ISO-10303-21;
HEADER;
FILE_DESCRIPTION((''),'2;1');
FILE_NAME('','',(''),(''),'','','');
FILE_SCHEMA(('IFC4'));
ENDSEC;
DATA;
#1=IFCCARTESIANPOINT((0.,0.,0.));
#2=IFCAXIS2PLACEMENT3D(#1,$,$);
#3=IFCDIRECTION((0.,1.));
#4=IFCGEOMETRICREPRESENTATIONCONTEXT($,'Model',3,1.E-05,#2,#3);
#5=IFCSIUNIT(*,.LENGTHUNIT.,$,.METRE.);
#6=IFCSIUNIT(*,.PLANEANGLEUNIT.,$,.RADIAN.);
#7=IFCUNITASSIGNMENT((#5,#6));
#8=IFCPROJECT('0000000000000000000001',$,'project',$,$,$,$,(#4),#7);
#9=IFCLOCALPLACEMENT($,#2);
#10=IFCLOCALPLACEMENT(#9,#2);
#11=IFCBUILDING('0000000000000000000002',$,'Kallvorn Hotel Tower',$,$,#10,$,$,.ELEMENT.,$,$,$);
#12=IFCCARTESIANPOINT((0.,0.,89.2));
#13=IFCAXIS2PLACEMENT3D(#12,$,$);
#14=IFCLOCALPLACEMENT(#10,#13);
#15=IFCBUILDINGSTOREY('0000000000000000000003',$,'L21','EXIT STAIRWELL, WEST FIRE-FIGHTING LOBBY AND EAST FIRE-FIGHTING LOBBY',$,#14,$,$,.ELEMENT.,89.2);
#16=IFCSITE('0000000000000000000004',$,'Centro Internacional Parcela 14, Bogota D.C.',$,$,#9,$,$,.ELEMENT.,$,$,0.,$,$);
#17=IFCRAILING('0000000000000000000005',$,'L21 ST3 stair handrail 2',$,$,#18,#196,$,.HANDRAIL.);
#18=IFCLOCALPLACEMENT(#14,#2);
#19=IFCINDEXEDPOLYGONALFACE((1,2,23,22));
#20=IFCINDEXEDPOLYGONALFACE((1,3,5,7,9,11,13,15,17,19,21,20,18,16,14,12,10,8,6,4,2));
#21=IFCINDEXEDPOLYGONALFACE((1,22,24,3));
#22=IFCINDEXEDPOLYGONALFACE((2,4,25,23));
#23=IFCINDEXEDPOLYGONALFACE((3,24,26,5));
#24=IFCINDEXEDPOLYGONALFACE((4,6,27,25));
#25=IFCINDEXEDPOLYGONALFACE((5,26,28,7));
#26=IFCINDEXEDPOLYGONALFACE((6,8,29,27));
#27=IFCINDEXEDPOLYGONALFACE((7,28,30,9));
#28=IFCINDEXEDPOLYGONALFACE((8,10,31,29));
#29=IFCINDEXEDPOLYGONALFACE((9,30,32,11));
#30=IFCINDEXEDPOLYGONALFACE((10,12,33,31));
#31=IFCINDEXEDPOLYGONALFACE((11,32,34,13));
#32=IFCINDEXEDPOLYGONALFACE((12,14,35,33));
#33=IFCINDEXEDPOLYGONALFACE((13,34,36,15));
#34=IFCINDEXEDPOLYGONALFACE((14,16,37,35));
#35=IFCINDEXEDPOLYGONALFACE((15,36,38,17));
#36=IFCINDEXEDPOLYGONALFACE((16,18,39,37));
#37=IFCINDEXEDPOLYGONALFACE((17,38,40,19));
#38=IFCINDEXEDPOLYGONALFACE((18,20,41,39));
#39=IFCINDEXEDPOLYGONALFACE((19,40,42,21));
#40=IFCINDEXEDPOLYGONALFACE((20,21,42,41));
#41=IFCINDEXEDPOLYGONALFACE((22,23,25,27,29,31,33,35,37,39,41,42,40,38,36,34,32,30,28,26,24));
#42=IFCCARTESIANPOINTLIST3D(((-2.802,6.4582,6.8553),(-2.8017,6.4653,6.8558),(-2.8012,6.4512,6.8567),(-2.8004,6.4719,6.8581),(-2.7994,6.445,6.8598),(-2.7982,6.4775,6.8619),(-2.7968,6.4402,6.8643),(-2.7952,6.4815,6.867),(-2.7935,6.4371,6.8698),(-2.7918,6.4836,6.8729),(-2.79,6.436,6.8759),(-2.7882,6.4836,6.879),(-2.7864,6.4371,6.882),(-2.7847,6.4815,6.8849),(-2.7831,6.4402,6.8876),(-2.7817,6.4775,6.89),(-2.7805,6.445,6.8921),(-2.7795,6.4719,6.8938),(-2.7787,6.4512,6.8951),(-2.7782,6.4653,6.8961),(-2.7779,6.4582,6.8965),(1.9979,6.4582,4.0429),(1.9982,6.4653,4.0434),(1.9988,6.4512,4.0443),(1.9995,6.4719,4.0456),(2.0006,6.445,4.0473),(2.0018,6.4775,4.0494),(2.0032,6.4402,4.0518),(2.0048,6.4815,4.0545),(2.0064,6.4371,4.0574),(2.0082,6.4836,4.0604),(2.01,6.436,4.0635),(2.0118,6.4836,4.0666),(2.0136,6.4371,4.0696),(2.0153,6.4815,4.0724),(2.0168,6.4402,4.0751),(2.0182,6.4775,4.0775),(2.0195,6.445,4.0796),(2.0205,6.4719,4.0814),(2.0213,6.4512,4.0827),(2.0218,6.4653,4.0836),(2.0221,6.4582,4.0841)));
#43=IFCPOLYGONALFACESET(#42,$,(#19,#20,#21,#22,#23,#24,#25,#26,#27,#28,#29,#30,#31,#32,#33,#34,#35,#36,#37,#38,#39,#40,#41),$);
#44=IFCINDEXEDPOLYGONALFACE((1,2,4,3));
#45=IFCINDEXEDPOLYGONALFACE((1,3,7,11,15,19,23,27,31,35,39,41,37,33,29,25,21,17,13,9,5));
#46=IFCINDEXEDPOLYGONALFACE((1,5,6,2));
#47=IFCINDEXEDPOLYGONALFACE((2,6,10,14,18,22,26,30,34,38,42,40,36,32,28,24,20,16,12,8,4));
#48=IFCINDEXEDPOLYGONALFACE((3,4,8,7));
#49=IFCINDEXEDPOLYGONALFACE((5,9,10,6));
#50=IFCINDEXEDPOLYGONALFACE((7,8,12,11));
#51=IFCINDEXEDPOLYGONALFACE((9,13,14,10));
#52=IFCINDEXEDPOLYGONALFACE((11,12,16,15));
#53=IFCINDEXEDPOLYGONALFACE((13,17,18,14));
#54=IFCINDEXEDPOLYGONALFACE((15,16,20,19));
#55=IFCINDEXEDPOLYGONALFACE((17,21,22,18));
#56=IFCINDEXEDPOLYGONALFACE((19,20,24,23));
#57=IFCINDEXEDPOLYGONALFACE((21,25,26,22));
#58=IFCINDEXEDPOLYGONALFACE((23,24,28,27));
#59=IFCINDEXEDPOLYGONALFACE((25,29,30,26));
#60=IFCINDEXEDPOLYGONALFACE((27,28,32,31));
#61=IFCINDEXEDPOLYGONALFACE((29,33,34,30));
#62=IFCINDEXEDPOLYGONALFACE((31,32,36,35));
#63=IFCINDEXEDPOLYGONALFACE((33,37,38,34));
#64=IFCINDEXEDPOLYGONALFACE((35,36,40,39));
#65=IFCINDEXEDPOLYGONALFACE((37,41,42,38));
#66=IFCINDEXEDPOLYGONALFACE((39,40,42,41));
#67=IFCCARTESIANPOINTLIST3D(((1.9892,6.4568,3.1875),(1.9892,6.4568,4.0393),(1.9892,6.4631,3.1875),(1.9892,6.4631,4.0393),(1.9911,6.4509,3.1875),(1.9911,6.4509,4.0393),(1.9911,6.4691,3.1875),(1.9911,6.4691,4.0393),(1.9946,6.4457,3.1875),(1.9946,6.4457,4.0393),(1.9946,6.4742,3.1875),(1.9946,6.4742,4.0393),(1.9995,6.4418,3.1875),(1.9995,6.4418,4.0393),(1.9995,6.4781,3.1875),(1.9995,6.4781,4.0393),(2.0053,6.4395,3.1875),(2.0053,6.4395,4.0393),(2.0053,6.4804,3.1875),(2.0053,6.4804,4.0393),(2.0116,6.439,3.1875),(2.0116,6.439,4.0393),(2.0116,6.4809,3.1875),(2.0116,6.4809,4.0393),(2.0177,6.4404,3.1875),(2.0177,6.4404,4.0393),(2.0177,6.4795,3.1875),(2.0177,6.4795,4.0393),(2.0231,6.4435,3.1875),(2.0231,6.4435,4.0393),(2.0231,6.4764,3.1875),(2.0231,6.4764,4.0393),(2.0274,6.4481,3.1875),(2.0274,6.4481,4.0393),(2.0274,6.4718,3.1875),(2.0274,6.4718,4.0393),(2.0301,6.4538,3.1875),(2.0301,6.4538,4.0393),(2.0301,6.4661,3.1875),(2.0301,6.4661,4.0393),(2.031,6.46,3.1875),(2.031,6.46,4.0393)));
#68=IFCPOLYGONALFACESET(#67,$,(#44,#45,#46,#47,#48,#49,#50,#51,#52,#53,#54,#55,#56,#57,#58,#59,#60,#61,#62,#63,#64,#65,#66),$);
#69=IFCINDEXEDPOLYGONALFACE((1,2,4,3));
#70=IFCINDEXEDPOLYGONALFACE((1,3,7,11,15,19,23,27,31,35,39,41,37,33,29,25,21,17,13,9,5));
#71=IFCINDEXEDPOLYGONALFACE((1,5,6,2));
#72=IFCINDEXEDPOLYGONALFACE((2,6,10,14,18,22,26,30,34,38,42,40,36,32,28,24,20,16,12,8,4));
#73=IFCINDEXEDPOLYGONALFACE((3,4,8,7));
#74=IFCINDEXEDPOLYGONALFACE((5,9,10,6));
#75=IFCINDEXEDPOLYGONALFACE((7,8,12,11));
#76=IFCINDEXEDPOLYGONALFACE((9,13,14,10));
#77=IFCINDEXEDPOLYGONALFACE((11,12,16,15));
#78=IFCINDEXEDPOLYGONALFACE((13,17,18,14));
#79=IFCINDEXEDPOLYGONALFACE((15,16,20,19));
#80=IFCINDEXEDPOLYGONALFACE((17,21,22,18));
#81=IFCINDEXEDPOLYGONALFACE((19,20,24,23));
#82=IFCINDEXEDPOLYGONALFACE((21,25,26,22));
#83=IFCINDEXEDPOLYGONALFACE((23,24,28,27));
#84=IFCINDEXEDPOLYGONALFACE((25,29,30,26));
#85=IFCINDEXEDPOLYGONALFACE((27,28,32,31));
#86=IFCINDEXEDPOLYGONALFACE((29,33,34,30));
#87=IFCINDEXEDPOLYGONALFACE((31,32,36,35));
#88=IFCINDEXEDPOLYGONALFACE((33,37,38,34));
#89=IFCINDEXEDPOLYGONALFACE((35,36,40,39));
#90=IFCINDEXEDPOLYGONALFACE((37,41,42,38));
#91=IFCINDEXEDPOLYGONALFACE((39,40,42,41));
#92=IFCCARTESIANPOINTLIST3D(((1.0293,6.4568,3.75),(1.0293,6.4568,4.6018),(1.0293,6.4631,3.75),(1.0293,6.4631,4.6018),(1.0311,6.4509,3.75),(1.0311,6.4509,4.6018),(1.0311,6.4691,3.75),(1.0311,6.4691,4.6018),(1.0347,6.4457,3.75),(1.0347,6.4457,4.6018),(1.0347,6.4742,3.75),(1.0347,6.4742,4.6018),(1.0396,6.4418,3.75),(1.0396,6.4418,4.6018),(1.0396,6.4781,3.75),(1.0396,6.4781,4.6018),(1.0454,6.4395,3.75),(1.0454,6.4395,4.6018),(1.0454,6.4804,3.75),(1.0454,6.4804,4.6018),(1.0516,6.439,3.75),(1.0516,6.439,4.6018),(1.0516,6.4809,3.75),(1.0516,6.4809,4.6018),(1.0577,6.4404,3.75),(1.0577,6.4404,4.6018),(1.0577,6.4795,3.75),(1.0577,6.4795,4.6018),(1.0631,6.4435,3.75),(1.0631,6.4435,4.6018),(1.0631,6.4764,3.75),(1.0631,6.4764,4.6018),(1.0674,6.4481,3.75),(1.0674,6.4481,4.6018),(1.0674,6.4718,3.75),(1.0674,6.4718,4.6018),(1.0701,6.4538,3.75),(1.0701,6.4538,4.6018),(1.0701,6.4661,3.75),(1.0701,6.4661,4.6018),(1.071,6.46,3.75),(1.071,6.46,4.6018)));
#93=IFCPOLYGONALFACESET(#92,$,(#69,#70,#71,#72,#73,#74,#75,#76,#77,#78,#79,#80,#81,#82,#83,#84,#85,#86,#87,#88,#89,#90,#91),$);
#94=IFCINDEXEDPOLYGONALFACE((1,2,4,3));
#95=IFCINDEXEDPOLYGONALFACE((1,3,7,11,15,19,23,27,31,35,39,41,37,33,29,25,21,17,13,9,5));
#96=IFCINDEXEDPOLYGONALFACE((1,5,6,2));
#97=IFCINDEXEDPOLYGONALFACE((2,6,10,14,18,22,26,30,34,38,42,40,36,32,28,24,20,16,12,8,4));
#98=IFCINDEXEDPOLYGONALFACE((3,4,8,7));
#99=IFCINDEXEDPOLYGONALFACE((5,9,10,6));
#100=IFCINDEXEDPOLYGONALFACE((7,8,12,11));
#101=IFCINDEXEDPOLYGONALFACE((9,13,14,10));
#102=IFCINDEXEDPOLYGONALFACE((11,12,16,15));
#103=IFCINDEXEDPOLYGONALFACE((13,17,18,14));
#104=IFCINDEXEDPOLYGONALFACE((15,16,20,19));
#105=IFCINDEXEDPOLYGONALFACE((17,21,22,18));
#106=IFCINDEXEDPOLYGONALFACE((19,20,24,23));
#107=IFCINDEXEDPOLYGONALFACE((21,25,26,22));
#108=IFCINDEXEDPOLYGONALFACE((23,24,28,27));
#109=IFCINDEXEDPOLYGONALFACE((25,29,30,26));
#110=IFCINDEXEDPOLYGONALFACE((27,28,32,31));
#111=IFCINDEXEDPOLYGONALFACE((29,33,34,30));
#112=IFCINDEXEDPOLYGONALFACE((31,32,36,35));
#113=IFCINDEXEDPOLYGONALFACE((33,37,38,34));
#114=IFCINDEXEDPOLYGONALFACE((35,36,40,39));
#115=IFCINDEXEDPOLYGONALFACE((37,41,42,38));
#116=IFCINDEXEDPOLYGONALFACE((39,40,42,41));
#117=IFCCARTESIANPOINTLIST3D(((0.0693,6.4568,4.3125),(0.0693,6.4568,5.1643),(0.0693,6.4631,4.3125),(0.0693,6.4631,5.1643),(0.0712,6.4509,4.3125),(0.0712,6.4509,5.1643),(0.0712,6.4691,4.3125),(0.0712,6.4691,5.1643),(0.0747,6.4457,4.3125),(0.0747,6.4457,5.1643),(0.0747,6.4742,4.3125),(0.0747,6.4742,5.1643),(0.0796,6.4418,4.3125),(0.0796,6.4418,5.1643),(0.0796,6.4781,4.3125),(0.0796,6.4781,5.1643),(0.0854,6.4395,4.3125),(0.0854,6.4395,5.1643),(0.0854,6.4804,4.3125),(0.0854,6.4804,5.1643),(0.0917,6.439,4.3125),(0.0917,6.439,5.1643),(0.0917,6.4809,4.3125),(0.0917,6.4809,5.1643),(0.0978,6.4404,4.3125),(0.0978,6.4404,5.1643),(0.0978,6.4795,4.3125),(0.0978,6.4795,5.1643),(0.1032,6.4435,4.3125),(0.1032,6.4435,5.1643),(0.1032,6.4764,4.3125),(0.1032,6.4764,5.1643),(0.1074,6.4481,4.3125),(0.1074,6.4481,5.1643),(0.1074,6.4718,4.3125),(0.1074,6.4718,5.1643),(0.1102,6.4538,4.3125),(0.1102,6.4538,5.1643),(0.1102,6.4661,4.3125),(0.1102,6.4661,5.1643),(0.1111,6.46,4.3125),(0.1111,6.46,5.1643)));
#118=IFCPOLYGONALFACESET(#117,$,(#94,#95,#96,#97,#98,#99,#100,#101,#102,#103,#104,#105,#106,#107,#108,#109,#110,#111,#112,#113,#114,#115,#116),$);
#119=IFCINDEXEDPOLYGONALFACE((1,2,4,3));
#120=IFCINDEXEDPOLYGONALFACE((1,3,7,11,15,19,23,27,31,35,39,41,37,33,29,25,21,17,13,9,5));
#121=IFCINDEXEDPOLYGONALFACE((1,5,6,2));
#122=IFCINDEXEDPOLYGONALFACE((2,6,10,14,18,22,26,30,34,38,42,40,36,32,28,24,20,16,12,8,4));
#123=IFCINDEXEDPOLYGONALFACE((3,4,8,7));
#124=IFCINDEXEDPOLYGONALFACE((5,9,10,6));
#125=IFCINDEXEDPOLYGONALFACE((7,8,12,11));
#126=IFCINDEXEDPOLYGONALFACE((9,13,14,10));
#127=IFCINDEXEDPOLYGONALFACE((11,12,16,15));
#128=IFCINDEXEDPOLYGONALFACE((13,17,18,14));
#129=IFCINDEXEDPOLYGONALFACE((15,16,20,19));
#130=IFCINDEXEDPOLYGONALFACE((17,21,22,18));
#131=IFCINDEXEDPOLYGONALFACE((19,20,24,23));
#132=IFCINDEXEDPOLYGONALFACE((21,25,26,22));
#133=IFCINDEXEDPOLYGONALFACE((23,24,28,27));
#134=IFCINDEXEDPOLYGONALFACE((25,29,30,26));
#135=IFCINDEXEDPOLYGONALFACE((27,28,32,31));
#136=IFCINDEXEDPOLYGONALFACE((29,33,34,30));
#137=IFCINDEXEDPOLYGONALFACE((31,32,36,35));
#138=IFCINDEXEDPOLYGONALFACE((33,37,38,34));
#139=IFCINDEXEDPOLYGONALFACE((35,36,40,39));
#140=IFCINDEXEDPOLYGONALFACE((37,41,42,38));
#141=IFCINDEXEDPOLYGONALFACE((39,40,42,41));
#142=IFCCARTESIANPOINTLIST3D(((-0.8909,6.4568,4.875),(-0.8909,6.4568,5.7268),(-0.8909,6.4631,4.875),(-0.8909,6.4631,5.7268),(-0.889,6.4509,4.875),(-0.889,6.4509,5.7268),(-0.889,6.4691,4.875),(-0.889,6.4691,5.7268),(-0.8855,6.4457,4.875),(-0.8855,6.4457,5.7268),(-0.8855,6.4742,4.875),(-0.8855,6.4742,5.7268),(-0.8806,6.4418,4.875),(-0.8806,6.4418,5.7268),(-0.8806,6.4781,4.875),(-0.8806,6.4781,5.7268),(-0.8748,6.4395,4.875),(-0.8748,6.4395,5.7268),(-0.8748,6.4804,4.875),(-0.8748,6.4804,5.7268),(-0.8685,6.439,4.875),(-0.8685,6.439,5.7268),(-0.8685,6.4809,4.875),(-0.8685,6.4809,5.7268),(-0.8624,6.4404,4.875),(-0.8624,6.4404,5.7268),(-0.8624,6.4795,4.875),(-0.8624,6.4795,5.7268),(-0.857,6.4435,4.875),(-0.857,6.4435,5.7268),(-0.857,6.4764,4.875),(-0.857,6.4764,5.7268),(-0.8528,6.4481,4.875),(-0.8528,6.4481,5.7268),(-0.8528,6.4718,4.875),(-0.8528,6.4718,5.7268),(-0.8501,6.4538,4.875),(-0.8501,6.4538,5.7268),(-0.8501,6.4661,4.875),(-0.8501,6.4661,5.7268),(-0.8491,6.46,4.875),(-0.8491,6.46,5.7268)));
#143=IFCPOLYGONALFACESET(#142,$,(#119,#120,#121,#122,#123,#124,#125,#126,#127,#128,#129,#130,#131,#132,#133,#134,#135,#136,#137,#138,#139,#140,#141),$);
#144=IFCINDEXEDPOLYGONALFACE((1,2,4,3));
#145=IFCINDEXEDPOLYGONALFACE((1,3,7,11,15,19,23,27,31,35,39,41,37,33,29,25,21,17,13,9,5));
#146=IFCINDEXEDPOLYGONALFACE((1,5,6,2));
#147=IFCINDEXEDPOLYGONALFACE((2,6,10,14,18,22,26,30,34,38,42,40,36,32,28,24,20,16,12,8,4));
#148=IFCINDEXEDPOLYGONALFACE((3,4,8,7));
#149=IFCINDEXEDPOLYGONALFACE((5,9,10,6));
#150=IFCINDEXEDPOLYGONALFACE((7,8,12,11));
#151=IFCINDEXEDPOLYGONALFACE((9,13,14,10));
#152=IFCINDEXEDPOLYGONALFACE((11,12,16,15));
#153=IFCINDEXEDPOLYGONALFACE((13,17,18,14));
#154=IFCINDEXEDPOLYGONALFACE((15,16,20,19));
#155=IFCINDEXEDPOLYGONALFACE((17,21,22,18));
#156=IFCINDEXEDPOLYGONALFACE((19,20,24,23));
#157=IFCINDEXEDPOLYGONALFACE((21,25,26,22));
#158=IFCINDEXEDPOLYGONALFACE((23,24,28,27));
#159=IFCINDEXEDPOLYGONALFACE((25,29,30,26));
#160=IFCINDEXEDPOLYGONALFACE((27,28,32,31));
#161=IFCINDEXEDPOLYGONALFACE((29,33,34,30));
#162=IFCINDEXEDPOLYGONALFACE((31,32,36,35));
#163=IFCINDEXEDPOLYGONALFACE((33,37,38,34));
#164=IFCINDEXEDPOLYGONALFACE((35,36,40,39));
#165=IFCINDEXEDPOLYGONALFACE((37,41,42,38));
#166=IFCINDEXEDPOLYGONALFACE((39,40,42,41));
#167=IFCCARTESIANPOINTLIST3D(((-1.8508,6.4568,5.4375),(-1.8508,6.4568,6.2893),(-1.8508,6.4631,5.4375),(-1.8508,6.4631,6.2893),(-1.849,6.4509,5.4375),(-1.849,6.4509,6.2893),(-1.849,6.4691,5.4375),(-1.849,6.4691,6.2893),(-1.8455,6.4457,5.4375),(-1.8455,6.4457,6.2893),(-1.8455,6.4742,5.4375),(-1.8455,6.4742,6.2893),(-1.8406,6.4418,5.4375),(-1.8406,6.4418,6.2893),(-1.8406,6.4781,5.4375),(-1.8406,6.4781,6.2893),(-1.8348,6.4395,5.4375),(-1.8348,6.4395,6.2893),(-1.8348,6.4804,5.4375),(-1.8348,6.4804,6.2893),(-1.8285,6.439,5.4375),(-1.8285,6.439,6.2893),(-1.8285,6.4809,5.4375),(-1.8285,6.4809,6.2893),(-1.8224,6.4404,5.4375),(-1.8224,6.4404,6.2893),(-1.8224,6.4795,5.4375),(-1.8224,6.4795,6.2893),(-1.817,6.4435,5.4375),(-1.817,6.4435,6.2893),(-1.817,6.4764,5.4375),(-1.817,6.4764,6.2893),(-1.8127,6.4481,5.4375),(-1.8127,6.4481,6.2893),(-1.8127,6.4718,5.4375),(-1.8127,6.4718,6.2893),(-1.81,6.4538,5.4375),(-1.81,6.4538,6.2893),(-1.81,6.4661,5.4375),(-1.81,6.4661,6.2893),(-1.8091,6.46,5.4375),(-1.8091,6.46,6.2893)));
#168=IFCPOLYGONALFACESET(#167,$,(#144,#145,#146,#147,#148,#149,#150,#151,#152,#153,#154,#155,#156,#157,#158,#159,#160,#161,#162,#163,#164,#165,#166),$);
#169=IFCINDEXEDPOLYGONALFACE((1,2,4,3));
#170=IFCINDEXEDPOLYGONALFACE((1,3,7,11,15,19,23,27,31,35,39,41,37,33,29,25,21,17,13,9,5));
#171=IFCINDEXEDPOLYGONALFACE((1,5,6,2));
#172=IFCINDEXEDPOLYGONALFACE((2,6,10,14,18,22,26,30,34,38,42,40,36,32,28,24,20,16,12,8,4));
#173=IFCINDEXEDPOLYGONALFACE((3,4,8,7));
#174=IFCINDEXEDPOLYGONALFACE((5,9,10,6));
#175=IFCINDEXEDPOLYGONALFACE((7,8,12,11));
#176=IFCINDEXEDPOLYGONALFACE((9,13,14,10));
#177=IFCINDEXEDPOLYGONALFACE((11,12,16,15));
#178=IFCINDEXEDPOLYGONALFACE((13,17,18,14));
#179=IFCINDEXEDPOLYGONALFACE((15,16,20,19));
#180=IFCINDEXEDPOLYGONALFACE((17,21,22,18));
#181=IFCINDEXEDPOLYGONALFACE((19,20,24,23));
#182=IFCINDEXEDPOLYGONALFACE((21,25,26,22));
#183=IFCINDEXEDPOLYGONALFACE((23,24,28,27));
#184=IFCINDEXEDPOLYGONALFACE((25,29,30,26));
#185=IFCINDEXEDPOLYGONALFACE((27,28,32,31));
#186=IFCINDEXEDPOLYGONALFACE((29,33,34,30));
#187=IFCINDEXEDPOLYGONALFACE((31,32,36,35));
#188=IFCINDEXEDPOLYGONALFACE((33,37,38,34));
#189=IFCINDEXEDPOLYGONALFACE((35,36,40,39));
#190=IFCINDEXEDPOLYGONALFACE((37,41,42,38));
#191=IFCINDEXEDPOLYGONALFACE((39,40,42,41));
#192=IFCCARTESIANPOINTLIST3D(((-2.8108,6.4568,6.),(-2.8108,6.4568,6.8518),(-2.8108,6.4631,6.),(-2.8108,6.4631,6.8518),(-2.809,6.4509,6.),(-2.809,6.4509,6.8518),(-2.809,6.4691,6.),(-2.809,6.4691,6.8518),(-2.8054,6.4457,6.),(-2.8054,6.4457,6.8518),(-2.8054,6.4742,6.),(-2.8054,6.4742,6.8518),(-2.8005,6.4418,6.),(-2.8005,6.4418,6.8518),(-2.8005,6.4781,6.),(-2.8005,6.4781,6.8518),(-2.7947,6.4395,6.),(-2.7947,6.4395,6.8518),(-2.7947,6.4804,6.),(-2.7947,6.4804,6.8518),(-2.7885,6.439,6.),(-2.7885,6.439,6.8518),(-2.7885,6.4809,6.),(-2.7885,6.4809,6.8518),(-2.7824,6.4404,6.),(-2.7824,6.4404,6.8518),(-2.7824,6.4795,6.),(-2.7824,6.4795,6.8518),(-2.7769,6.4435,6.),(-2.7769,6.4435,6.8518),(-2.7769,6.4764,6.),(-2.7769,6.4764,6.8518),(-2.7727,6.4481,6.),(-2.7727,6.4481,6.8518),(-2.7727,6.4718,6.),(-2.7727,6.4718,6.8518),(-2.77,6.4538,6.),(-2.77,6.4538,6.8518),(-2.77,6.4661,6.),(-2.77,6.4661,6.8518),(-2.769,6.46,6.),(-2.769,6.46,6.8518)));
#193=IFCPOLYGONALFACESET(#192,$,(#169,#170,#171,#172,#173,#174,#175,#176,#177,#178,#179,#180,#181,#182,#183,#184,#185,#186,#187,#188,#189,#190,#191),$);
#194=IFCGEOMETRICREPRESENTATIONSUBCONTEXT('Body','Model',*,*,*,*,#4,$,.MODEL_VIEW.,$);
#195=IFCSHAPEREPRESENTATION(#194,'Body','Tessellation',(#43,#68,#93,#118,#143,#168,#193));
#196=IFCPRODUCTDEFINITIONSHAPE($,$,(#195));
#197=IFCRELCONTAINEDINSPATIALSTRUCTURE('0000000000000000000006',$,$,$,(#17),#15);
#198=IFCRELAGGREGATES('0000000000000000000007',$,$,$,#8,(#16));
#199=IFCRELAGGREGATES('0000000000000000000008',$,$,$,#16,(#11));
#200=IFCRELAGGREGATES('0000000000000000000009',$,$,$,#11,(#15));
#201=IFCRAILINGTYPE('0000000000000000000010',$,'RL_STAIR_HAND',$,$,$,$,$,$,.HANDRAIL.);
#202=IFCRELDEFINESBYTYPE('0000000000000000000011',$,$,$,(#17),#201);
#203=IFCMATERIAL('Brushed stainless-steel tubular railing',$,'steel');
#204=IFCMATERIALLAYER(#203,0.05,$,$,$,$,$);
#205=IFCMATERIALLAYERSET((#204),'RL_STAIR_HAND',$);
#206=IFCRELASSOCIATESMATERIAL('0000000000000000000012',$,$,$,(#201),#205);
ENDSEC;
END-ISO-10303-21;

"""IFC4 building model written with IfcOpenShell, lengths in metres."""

from ifc_helpers import new_model, si_unit, direction, frame, origin, origin_2d, place, context, subcontext, project, spatial, circle, extrude, material, layer, layer_set, type_object, element, save


model = new_model("IFC4")

# Units and contexts
model_context = context("Model", 3, precision=1e-05, world=origin(), true_north=direction((0.0, 1.0)))
body_context = subcontext(model_context, "Body", "Model", "MODEL_VIEW")
ifc_project = project(units=[si_unit("LENGTHUNIT", "METRE"), si_unit("PLANEANGLEUNIT", "RADIAN")], contexts=[model_context])

# Site, building, storey
site_placement = place(None, origin())
site = spatial("IfcSite", under=ifc_project, at=site_placement, Name="Centro Internacional Parcela 14, Bogota D.C.", CompositionType="ELEMENT", RefElevation=0.0)
building_placement = place(site_placement, origin())
building = spatial("IfcBuilding", under=site, at=building_placement, Name="Kallvorn Hotel Tower", CompositionType="ELEMENT")
storey_placement = place(building_placement, frame((0.0, 0.0, 89.2)))
storey = spatial("IfcBuildingStorey", under=building, at=storey_placement, Name="L21", Description="EXIT STAIRWELL, WEST FIRE-FIGHTING LOBBY AND EAST FIRE-FIGHTING LOBBY", CompositionType="ELEMENT", Elevation=89.2)

# Railing
ifc_material_1 = material(Name="Brushed stainless-steel tubular railing", Category="steel")
ifc_layer_1 = layer(ifc_material_1, 0.05)
ifc_layer_set_1 = layer_set([ifc_layer_1], Name="RL_STAIR_HAND")
railing_type_1 = type_object("IfcRailingType", Name="RL_STAIR_HAND", PredefinedType="HANDRAIL", material=ifc_layer_set_1)
railing_1_placement = place(storey_placement, frame((2.01, 6.46, 3.1875)))
element("IfcRailing", 1, at=railing_1_placement, inside=storey, type_object=railing_type_1, Name="L21 ST3 stair handrail 2", PredefinedType="HANDRAIL", context=body_context, shape_type="SweptSolid", body=[
    extrude(circle(Radius=0.0239, at=origin_2d()), frame((0.0, 0.0, 0.876), z_axis=(-0.862802, 0.0, 0.505543), x_axis=(0.0, -1.0, 0.0)), (0.0, 0.0, 1.0), 5.5632),
    extrude(circle(Radius=0.021, at=origin_2d()), origin(), (0.0, 0.0, 1.0), 0.8518),
    extrude(circle(Radius=0.021, at=origin_2d()), frame((-0.96, 0.0, 0.5625)), (0.0, 0.0, 1.0), 0.8518),
    extrude(circle(Radius=0.021, at=origin_2d()), frame((-1.9199, 0.0, 1.125)), (0.0, 0.0, 1.0), 0.8518),
    extrude(circle(Radius=0.021, at=origin_2d()), frame((-2.8801, 0.0, 1.6875)), (0.0, 0.0, 1.0), 0.8518),
    extrude(circle(Radius=0.021, at=origin_2d()), frame((-3.8401, 0.0, 2.25)), (0.0, 0.0, 1.0), 0.8518),
    extrude(circle(Radius=0.021, at=origin_2d()), frame((-4.8, 0.0, 2.8125)), (0.0, 0.0, 1.0), 0.8518),
])

save(model, "model.ifc")
